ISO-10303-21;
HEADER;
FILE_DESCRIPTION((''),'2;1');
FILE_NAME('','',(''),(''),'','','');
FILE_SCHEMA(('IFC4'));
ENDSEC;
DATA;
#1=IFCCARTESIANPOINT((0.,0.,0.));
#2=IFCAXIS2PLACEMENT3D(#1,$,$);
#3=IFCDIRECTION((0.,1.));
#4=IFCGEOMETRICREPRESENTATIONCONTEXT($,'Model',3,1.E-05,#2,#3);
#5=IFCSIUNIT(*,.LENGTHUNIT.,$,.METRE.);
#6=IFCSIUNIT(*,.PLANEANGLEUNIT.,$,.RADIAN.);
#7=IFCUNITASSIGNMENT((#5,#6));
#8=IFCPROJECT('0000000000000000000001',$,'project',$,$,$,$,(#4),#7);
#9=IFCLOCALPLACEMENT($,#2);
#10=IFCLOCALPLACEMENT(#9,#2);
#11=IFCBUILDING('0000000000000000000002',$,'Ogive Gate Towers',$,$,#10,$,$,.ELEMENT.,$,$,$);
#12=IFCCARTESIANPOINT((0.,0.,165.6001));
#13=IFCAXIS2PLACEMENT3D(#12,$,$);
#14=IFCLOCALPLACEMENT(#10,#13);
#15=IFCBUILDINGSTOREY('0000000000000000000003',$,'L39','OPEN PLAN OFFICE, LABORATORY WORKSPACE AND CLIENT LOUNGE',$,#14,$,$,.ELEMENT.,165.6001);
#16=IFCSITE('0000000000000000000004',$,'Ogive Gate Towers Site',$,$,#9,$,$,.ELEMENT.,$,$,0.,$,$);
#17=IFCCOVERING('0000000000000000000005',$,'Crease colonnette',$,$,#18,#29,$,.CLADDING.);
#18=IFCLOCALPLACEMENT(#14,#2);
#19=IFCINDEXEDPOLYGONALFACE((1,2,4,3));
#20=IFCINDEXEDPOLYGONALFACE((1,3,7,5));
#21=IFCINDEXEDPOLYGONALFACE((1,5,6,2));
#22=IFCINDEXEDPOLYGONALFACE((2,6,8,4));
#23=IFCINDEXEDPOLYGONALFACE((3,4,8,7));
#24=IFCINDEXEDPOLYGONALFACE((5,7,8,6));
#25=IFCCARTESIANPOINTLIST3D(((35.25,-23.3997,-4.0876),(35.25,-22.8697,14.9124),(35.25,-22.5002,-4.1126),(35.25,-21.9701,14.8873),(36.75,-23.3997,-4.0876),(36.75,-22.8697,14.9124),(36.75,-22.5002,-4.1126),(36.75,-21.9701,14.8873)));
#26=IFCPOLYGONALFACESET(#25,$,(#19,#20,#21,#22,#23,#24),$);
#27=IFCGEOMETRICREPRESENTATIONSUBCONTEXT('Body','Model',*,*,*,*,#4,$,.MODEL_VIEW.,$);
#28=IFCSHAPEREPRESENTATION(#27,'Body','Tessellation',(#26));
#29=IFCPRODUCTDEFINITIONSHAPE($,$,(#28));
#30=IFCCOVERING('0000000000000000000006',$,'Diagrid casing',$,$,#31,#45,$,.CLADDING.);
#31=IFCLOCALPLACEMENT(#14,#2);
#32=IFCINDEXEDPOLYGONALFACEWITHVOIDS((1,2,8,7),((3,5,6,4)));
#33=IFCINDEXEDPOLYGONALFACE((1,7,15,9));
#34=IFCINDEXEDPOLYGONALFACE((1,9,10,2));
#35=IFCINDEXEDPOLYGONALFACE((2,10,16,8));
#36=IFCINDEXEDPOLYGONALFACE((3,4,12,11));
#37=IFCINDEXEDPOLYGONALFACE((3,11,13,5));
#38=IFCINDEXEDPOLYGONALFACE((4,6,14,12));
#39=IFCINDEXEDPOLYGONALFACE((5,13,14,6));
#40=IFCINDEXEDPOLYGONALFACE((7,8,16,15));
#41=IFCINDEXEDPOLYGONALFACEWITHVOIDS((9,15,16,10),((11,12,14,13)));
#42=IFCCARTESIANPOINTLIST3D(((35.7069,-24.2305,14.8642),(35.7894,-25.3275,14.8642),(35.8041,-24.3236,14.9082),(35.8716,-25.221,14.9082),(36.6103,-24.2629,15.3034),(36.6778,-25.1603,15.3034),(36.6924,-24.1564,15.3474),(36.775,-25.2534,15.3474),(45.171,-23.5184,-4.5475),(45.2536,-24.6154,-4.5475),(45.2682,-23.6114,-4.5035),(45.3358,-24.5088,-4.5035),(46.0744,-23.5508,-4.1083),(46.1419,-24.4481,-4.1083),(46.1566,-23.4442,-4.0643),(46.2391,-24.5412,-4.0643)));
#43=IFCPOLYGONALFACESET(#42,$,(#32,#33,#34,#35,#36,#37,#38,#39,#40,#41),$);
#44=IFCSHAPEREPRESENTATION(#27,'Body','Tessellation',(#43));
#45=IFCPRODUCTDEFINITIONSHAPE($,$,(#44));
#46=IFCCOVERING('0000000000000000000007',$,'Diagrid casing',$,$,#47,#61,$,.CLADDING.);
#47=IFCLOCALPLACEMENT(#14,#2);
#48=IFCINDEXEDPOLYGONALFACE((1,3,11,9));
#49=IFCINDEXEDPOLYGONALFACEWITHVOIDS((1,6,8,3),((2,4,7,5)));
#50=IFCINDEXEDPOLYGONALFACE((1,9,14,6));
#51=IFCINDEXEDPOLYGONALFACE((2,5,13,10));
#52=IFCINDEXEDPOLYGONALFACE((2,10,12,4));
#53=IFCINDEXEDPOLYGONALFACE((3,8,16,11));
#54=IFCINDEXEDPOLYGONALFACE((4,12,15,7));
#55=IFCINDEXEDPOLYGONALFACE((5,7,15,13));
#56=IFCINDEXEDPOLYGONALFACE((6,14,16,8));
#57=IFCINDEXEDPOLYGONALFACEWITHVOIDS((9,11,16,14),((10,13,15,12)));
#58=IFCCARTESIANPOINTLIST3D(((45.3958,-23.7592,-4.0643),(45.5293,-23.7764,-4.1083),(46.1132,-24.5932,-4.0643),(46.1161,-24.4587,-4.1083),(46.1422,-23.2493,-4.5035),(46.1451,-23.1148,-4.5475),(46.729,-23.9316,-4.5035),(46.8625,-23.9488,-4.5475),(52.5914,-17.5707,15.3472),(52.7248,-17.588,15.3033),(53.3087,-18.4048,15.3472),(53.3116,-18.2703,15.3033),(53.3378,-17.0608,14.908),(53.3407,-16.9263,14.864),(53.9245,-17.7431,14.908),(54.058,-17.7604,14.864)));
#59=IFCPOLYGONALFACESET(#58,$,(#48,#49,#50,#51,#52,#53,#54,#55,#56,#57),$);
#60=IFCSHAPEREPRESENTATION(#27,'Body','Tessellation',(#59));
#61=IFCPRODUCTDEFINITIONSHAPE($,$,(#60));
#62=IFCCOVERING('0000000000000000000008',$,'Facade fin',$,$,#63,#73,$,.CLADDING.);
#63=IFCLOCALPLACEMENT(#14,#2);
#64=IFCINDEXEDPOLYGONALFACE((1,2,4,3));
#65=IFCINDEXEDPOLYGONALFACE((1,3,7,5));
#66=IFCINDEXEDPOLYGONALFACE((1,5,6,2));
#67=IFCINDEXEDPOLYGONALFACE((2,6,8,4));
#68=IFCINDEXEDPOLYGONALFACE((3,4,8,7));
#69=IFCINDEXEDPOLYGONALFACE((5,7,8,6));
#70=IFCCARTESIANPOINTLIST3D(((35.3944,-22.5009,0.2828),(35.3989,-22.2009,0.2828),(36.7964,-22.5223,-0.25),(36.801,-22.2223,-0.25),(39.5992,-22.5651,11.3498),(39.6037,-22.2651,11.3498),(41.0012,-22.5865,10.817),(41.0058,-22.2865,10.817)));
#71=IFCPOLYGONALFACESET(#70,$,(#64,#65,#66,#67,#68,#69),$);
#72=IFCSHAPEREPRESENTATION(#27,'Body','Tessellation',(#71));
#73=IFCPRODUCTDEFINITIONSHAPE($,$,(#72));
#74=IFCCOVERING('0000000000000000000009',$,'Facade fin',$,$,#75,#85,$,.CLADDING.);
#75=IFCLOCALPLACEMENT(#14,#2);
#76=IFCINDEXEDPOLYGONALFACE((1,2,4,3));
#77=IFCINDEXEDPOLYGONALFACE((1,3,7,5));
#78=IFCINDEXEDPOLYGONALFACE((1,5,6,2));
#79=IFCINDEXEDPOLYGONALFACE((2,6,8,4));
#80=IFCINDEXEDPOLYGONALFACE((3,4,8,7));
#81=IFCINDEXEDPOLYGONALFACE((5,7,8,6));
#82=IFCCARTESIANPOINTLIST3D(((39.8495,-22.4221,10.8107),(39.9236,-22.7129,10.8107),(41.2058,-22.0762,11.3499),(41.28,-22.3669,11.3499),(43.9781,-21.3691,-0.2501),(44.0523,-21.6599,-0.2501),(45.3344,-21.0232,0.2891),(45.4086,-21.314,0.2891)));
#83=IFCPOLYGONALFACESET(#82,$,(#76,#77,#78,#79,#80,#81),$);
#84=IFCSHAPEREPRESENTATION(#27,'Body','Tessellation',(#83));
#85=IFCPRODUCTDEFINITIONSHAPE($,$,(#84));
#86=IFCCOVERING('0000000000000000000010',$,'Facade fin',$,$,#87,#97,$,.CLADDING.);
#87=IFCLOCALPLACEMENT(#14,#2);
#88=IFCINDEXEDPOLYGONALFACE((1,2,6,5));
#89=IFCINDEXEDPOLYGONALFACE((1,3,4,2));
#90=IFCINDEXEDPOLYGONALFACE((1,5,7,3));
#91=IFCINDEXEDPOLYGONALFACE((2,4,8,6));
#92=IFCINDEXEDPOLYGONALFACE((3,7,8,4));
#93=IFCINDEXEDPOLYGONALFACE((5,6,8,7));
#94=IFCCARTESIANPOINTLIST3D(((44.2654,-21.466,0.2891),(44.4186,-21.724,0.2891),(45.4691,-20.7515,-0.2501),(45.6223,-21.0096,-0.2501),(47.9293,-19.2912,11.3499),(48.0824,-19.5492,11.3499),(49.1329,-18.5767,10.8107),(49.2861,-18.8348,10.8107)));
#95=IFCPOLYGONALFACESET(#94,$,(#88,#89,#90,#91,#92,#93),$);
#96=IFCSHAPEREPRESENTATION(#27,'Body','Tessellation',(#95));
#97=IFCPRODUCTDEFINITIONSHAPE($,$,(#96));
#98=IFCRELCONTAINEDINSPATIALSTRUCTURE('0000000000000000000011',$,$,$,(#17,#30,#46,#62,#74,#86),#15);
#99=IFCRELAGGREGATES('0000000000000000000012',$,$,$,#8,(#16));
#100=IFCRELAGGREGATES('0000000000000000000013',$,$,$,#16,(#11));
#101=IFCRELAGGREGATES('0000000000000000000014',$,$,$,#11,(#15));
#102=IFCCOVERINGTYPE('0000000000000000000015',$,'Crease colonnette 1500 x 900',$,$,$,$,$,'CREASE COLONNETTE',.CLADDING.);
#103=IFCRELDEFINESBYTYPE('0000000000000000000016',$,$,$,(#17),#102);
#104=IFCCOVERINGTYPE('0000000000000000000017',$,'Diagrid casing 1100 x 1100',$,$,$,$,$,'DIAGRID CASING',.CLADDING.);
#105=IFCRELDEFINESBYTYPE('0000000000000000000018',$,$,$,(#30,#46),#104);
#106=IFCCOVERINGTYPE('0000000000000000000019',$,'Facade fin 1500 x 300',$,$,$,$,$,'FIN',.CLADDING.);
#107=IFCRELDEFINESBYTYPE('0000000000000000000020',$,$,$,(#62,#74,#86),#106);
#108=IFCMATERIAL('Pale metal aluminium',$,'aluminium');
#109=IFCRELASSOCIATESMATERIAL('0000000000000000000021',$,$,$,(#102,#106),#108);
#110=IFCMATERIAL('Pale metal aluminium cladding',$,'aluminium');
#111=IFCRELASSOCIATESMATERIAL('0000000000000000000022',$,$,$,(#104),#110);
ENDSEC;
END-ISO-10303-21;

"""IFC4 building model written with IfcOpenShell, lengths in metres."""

from ifc_helpers import new_model, si_unit, direction, frame, origin, origin_2d, place, context, subcontext, project, spatial, rectangle, hollow_rectangle, extrude, material, material_profile, profile_set, type_object, element, save


model = new_model("IFC4")

# Units and contexts
model_context = context("Model", 3, precision=1e-05, world=origin(), true_north=direction((0.0, 1.0)))
body_context = subcontext(model_context, "Body", "Model", "MODEL_VIEW")
ifc_project = project(units=[si_unit("LENGTHUNIT", "METRE"), si_unit("PLANEANGLEUNIT", "RADIAN")], contexts=[model_context])

# Site, building, storey
site_placement = place(None, origin())
site = spatial("IfcSite", under=ifc_project, at=site_placement, Name="Ogive Gate Towers Site", CompositionType="ELEMENT", RefElevation=0.0)
building_placement = place(site_placement, origin())
building = spatial("IfcBuilding", under=site, at=building_placement, Name="Ogive Gate Towers", CompositionType="ELEMENT")
storey_placement = place(building_placement, frame((0.0, 0.0, 165.6001)))
storey = spatial("IfcBuildingStorey", under=building, at=storey_placement, Name="L39", Description="OPEN PLAN OFFICE, LABORATORY WORKSPACE AND CLIENT LOUNGE", CompositionType="ELEMENT", Elevation=165.6001)

# Shared definitions
ifc_material_1 = material(Name="Pale metal aluminium", Category="aluminium")

# Coverings
ifc_material_profile_1 = material_profile(ifc_material_1, rectangle(XDim=1.5, YDim=0.8999, at=origin_2d()), Name="1500 x 900 pale metal aluminium")
ifc_profile_set_1 = profile_set([ifc_material_profile_1], Name="Pale metal aluminium")
covering_type_1 = type_object("IfcCoveringType", Name="Crease colonnette 1500 x 900", ElementType="CREASE COLONNETTE", PredefinedType="CLADDING", material=ifc_profile_set_1)
covering_1_placement = place(storey_placement, frame((36.0, -22.95, -4.1001), z_axis=(0.0, 0.027885, 0.999611), x_axis=(-1.0, 0.0, 0.0)))
element("IfcCovering", 1, at=covering_1_placement, inside=storey, type_object=covering_type_1, Name="Crease colonnette", PredefinedType="CLADDING", context=body_context, shape_type="SweptSolid", body=[
    extrude(rectangle(XDim=1.5, YDim=0.8999, at=origin_2d()), origin(), (0.0, 0.0, 1.0), 19.0073),
])
ifc_material_2 = material(Name="Pale metal aluminium cladding", Category="aluminium")
ifc_material_profile_2 = material_profile(ifc_material_2, hollow_rectangle(XDim=1.1001, YDim=1.1001, WallThickness=0.1001, at=origin_2d()), Name="1100 x 1100 pale metal casing")
ifc_profile_set_2 = profile_set([ifc_material_profile_2], Name="Pale metal aluminium cladding")
covering_type_2 = type_object("IfcCoveringType", Name="Diagrid casing 1100 x 1100", ElementType="DIAGRID CASING", PredefinedType="CLADDING", material=ifc_profile_set_2)
covering_2_placement = place(storey_placement, frame((45.7051, -24.0298, -4.3059), z_axis=(-0.438, -0.032959, 0.898371), x_axis=(0.075036, -0.997181, 0.0)))
element("IfcCovering", 2, at=covering_2_placement, inside=storey, type_object=covering_type_2, Name="Diagrid casing", PredefinedType="CLADDING", context=body_context, shape_type="SweptSolid", body=[
    extrude(hollow_rectangle(XDim=1.1001, YDim=1.1001, WallThickness=0.1001, at=origin_2d()), origin(), (0.0, 0.0, 1.0), 21.6077),
])
covering_3_placement = place(storey_placement, frame((46.1292, -23.854, -4.3059), z_axis=(0.333012, 0.286404, 0.898374), x_axis=(-0.652057, 0.75817, 0.0)))
element("IfcCovering", 3, at=covering_3_placement, inside=storey, type_object=covering_type_2, Name="Diagrid casing", PredefinedType="CLADDING", context=body_context, shape_type="SweptSolid", body=[
    extrude(hollow_rectangle(XDim=1.1001, YDim=1.1001, WallThickness=0.1001, at=origin_2d()), origin(), (0.0, 0.0, 1.0), 21.6074),
])
ifc_material_profile_3 = material_profile(ifc_material_1, rectangle(XDim=0.3, YDim=1.5, at=origin_2d()), Name="1500 x 300 pale metal aluminium")
ifc_profile_set_3 = profile_set([ifc_material_profile_3], Name="Pale metal aluminium")
covering_type_3 = type_object("IfcCoveringType", Name="Facade fin 1500 x 300", ElementType="FIN", PredefinedType="CLADDING", material=ifc_profile_set_3)
covering_4_placement = place(storey_placement, frame((36.0977, -22.3616, 0.0164), z_axis=(0.355162, -0.005423, 0.934789), x_axis=(0.015268, 0.999883, 0.0)))
element("IfcCovering", 4, at=covering_4_placement, inside=storey, type_object=covering_type_3, Name="Facade fin", PredefinedType="CLADDING", context=body_context, shape_type="SweptSolid", body=[
    extrude(rectangle(XDim=0.3, YDim=1.5, at=origin_2d()), origin(), (0.0, 0.0, 1.0), 11.8391),
])
for number, where, z_axis, x_axis, name in (
    (5, (44.6934, -21.3416, 0.0195), (-0.34832, -0.088836, 0.933157), (0.24713, -0.968982, 0.0), "Facade fin"),
    (6, (44.9438, -21.2378, 0.0195), (0.309104, 0.183481, 0.933161), (-0.510437, 0.859915, 0.0), "Facade fin"),
):
    element("IfcCovering", number, at=place(storey_placement, frame(where, z_axis=z_axis, x_axis=x_axis)), inside=storey, type_object=covering_type_3, Name=name, PredefinedType="CLADDING", context=body_context, shape_type="SweptSolid", body=[
        extrude(rectangle(XDim=0.3, YDim=1.5, at=origin_2d()), origin(), (0.0, 0.0, 1.0), 11.853),
    ])

save(model, "model.ifc")
